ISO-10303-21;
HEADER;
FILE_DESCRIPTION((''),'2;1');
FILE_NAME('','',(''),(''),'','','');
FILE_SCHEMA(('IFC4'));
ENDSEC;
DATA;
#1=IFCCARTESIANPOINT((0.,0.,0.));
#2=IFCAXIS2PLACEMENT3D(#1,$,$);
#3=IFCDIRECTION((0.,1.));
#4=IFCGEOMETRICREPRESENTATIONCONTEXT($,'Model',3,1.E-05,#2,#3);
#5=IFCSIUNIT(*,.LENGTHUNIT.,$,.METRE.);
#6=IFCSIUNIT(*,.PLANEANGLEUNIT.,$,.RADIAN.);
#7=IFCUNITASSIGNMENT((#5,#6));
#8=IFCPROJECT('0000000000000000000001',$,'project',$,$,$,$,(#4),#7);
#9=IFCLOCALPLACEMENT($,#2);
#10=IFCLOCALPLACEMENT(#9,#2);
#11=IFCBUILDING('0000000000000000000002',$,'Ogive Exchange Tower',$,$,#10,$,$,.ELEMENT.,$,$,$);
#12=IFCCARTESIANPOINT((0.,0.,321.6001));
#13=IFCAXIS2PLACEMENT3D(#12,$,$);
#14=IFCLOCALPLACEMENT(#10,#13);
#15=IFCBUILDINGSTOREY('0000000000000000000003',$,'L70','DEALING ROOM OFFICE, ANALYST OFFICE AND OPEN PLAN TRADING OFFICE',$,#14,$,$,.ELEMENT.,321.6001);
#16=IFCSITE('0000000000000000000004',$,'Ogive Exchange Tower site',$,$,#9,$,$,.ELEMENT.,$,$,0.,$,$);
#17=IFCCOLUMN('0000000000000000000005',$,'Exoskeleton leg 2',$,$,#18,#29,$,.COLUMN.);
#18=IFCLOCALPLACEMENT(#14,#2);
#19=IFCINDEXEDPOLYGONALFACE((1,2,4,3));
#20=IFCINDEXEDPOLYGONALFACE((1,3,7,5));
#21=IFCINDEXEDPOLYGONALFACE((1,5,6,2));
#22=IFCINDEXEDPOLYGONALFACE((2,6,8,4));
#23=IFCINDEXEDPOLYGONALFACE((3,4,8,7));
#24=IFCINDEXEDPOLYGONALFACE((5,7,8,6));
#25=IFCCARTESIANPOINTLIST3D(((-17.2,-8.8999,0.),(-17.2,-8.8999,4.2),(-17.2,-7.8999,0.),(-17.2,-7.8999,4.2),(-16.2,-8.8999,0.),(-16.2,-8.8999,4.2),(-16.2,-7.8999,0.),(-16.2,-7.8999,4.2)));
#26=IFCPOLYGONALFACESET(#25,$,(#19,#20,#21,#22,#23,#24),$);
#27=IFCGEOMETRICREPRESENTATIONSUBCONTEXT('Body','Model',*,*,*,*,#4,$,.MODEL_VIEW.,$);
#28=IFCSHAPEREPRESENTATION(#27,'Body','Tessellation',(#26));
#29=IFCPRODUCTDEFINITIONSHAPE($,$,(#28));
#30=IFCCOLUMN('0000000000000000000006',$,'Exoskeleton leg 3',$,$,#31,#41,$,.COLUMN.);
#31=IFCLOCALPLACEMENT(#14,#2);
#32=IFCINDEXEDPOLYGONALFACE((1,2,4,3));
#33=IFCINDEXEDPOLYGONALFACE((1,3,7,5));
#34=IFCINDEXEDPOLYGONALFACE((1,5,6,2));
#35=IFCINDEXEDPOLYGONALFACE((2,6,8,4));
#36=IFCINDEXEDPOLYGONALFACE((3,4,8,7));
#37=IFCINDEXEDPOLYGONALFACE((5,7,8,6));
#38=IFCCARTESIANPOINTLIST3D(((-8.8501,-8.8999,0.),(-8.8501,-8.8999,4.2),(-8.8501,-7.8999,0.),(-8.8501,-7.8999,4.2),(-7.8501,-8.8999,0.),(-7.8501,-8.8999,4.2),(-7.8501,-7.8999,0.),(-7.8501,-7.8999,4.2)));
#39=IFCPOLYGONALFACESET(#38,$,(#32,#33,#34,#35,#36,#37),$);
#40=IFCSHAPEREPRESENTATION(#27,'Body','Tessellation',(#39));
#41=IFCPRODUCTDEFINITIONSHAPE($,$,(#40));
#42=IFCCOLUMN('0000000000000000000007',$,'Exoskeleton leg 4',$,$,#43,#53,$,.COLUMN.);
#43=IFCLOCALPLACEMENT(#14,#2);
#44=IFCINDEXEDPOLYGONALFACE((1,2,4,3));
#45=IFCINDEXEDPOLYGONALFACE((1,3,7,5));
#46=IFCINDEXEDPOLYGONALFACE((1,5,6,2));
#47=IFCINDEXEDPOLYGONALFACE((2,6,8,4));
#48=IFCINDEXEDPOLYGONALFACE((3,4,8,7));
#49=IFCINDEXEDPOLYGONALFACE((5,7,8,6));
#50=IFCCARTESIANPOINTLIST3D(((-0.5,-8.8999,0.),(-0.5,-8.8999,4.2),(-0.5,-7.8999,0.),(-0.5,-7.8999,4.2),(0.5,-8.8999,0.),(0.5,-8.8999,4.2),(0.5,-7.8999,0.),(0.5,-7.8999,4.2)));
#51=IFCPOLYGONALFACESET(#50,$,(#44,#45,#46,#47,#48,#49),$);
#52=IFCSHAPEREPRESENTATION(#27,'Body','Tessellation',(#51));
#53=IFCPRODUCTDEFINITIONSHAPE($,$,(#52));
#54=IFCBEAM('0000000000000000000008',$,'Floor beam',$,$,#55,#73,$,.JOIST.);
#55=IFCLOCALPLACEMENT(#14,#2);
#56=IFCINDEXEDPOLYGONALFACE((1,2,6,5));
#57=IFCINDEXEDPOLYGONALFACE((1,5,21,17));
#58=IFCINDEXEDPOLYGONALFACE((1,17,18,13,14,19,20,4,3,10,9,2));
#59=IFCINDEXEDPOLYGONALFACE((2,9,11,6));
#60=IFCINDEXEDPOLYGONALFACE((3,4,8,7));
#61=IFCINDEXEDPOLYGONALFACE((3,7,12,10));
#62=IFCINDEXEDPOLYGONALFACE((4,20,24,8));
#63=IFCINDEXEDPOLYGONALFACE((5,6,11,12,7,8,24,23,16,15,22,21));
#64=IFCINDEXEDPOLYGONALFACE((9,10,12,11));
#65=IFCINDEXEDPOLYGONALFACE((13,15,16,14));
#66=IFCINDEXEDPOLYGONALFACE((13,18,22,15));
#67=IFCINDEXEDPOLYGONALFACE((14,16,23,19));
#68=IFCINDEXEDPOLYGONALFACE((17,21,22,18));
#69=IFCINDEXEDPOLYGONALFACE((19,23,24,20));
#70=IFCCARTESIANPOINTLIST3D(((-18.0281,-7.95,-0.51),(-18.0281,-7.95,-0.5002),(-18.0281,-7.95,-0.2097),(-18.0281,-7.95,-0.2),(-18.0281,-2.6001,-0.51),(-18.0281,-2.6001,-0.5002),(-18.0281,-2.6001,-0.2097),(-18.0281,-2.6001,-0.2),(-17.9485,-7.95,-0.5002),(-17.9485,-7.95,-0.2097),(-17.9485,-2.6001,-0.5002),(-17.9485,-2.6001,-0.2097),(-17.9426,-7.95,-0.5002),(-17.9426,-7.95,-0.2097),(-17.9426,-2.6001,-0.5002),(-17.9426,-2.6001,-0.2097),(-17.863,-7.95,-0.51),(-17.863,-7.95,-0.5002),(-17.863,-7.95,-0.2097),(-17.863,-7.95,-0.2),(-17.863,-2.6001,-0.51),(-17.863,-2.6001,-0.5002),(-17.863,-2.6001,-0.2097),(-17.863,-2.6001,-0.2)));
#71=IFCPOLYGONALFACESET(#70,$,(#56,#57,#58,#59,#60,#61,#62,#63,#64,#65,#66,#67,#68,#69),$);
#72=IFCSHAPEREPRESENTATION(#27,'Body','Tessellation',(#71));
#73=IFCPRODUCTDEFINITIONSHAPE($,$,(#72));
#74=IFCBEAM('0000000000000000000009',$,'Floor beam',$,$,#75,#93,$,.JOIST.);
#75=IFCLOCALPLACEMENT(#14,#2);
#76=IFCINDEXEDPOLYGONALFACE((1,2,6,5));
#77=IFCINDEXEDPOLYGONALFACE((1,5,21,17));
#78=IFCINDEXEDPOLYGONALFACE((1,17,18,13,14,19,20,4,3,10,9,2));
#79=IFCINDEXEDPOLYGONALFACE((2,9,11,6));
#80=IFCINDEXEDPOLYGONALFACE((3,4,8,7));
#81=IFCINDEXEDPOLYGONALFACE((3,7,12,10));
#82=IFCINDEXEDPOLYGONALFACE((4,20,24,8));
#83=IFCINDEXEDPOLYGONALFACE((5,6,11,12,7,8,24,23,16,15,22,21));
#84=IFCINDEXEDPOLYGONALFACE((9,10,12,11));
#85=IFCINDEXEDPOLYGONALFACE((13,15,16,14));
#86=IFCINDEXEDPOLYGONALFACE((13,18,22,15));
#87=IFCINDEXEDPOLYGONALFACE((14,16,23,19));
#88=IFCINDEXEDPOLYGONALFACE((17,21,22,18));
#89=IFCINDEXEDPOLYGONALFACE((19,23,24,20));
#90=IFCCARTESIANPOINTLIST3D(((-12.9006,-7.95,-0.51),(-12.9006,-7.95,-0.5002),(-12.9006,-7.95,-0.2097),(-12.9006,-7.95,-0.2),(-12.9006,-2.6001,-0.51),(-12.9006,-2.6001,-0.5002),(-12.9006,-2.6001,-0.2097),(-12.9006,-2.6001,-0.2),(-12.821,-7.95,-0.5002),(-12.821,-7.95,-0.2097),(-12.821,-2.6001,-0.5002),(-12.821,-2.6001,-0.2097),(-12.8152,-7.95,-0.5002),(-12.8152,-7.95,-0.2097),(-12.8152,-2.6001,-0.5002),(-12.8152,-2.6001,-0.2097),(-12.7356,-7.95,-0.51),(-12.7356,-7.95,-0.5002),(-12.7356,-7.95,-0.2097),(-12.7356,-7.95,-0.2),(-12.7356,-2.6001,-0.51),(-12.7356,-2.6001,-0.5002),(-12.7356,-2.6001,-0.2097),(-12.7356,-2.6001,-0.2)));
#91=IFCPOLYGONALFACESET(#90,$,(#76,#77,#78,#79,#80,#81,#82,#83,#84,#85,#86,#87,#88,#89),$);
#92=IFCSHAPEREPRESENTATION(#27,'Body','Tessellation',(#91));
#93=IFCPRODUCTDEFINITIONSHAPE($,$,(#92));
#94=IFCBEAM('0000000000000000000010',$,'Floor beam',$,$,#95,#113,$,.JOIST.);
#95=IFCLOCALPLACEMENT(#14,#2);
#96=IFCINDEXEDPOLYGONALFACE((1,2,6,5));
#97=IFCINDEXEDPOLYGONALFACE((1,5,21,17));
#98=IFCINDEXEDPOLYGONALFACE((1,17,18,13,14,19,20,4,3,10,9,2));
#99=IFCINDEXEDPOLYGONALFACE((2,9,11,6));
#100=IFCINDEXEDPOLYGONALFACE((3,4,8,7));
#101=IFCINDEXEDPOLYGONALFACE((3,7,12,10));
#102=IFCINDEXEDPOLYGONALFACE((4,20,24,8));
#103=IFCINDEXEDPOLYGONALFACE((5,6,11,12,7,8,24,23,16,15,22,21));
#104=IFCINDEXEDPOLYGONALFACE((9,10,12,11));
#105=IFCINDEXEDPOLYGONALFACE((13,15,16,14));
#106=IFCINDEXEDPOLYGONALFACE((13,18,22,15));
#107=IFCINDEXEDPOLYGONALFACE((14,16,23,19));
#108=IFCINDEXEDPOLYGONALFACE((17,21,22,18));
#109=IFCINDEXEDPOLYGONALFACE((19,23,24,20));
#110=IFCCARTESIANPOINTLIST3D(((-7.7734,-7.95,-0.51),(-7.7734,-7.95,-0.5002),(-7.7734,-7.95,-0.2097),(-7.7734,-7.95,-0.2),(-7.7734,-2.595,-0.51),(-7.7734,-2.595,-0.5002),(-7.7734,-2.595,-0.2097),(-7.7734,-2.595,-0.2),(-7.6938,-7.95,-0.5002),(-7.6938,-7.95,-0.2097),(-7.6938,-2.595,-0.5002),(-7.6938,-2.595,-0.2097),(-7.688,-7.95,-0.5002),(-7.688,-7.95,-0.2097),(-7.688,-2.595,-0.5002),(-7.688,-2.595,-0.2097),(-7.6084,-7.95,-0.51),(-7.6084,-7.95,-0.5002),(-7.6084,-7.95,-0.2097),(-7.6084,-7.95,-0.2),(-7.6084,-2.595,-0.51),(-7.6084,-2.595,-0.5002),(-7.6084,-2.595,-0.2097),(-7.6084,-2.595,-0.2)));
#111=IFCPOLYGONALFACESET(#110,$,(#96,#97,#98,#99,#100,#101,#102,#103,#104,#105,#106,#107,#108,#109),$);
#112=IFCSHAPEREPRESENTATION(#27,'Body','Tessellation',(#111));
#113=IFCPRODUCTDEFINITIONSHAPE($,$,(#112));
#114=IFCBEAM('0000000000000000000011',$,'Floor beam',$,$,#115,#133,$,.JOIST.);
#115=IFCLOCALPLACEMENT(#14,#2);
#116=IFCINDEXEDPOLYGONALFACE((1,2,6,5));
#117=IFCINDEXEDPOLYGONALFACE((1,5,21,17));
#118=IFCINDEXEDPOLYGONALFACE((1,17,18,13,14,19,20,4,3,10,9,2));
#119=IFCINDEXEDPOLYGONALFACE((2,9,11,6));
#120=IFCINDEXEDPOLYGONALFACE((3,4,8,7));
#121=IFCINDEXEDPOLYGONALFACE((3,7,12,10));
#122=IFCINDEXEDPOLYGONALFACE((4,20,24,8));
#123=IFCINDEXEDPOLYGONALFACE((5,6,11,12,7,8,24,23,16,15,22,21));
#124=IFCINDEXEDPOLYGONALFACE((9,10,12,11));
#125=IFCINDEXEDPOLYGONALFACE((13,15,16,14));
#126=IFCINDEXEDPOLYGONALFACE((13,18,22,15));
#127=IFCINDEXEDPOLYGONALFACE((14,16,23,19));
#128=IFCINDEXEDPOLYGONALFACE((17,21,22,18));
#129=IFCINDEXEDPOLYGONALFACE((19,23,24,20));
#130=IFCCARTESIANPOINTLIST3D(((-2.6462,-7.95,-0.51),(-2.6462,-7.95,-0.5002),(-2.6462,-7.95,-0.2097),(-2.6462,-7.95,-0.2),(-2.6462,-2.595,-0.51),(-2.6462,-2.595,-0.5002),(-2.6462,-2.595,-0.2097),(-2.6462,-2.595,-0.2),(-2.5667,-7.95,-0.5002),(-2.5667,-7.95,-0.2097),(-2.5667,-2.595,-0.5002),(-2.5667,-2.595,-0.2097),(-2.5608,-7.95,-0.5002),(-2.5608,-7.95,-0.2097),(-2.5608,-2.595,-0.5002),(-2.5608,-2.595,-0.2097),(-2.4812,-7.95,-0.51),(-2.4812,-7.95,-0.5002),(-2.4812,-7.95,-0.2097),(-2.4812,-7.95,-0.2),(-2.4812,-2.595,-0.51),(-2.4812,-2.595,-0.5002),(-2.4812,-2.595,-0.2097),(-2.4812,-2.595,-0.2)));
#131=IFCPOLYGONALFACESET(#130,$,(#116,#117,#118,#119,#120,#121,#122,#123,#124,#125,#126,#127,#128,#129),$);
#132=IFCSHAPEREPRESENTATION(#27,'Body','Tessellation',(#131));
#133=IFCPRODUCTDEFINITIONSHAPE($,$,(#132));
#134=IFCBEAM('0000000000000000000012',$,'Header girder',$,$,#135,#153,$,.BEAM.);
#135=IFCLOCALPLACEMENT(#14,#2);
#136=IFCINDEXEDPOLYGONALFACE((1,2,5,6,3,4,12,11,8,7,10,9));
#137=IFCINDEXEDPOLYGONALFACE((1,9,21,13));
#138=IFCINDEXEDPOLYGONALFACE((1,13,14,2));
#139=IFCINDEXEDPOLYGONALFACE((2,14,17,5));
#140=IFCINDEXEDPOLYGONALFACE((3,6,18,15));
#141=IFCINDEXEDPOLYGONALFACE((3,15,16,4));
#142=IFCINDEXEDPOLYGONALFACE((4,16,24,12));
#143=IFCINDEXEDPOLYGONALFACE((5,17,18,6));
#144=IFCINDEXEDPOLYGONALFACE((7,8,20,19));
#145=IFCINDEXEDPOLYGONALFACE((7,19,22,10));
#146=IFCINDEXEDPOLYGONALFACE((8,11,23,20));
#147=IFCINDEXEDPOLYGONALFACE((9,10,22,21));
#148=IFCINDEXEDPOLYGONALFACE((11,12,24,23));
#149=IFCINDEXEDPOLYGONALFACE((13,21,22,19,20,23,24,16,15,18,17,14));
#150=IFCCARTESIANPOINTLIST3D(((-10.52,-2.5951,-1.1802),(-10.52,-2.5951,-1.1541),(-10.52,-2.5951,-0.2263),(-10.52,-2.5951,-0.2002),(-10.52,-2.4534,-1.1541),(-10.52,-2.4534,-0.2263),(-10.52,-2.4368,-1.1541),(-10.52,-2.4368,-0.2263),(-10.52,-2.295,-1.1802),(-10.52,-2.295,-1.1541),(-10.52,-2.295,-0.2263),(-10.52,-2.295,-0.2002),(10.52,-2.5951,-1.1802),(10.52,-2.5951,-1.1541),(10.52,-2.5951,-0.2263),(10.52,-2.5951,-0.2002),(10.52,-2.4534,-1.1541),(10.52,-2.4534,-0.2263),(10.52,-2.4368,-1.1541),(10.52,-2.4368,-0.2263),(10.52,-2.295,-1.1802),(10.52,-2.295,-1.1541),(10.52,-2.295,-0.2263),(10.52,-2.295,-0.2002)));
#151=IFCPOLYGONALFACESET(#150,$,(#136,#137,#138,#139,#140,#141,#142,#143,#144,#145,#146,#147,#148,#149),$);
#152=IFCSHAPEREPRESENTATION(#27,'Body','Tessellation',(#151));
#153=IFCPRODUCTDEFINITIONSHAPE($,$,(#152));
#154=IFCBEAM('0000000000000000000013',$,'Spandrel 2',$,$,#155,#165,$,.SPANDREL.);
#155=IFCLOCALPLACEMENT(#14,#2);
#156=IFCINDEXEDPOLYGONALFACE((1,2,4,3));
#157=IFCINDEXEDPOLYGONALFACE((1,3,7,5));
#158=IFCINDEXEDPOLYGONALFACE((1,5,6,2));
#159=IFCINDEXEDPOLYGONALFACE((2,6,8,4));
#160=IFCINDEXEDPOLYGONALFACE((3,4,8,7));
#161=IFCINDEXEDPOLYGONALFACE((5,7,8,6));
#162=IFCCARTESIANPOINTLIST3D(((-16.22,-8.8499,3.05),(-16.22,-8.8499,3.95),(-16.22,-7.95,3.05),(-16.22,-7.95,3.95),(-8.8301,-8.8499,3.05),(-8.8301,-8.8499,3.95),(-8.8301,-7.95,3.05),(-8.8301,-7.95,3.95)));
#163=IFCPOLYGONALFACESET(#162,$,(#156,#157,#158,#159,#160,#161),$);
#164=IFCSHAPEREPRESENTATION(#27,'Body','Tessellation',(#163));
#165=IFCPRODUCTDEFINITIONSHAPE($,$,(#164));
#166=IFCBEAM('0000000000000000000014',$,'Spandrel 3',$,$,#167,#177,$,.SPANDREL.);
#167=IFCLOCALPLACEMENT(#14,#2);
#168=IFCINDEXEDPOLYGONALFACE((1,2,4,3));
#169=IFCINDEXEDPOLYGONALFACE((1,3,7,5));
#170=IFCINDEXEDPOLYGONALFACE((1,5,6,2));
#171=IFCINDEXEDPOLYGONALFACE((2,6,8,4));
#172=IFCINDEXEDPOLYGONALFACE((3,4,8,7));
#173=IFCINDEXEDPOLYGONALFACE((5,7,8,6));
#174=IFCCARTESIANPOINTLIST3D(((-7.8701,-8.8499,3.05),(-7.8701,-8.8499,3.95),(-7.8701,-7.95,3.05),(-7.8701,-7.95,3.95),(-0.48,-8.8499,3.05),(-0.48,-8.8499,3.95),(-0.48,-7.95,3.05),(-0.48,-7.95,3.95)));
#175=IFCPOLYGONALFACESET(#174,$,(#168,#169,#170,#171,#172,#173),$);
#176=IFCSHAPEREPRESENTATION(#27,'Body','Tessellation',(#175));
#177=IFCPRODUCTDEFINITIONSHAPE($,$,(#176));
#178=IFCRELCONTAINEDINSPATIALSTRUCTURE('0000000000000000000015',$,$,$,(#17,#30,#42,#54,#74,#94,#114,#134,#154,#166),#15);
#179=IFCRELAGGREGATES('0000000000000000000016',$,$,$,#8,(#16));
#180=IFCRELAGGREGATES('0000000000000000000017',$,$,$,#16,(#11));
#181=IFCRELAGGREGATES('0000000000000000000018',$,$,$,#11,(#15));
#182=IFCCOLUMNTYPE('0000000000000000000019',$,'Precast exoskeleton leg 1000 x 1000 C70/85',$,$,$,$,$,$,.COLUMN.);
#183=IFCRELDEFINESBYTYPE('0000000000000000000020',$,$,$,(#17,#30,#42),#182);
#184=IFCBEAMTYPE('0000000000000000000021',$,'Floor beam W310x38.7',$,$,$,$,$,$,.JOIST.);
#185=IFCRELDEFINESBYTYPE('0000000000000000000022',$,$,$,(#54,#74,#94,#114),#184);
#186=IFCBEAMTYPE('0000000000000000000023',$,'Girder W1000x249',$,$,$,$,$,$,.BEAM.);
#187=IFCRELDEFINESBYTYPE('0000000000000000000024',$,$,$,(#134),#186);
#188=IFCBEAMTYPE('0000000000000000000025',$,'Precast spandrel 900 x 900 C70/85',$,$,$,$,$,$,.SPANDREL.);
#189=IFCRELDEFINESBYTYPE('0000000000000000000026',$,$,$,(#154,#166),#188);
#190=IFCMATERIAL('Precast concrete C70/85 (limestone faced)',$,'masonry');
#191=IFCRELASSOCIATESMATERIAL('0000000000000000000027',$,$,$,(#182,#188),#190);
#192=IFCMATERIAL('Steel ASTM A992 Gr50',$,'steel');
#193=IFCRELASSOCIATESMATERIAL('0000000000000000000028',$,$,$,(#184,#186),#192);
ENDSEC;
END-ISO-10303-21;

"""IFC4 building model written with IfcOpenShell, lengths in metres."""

from ifc_helpers import new_model, si_unit, direction, frame, origin, origin_2d, place, context, subcontext, project, spatial, rectangle, i_section, extrude, material, material_profile, profile_set, type_object, element, save


model = new_model("IFC4")

# Units and contexts
model_context = context("Model", 3, precision=1e-05, world=origin(), true_north=direction((0.0, 1.0)))
body_context = subcontext(model_context, "Body", "Model", "MODEL_VIEW")
ifc_project = project(units=[si_unit("LENGTHUNIT", "METRE"), si_unit("PLANEANGLEUNIT", "RADIAN")], contexts=[model_context])

# Site, building, storey
site_placement = place(None, origin())
site = spatial("IfcSite", under=ifc_project, at=site_placement, Name="Ogive Exchange Tower site", CompositionType="ELEMENT", RefElevation=0.0)
building_placement = place(site_placement, origin())
building = spatial("IfcBuilding", under=site, at=building_placement, Name="Ogive Exchange Tower", CompositionType="ELEMENT")
storey_placement = place(building_placement, frame((0.0, 0.0, 321.6001)))
storey = spatial("IfcBuildingStorey", under=building, at=storey_placement, Name="L70", Description="DEALING ROOM OFFICE, ANALYST OFFICE AND OPEN PLAN TRADING OFFICE", CompositionType="ELEMENT", Elevation=321.6001)

# Columns
ifc_material_1 = material(Name="Precast concrete C70/85 (limestone faced)", Category="masonry")
ifc_material_profile_1 = material_profile(ifc_material_1, rectangle(XDim=1.0, YDim=1.0, at=origin_2d()), Name="1000 x 1000")
ifc_profile_set_1 = profile_set([ifc_material_profile_1], Name="Precast concrete C70/85 (limestone faced)")
column_type = type_object("IfcColumnType", Name="Precast exoskeleton leg 1000 x 1000 C70/85", PredefinedType="COLUMN", material=ifc_profile_set_1)
for number, where, z_axis, x_axis, name in (
    (1, (-16.7, -8.3999, 0.0), (0.0, 0.0, 1.0), (1.0, 0.0, 0.0), "Exoskeleton leg 2"),
    (2, (-8.3501, -8.3999, 0.0), (0.0, 0.0, 1.0), (1.0, 0.0, 0.0), "Exoskeleton leg 3"),
    (3, (0.0, -8.3999, 0.0), (0.0, 0.0, 1.0), (1.0, 0.0, 0.0), "Exoskeleton leg 4"),
):
    element("IfcColumn", number, at=place(storey_placement, frame(where, z_axis=z_axis, x_axis=x_axis)), inside=storey, type_object=column_type, Name=name, PredefinedType="COLUMN", context=body_context, shape_type="SweptSolid", body=[
        extrude(rectangle(XDim=1.0, YDim=1.0, at=origin_2d()), origin(), (0.0, 0.0, 1.0), 4.2),
    ])

# Beams
ifc_material_2 = material(Name="Steel ASTM A992 Gr50", Category="steel")
ifc_material_profile_2 = material_profile(ifc_material_2, i_section(OverallWidth=0.165, OverallDepth=0.3101, WebThickness=0.0059, FlangeThickness=0.0098, at=origin_2d()), Name="W310x38.7")
ifc_profile_set_2 = profile_set([ifc_material_profile_2], Name="Steel ASTM A992 Gr50")
beam_type_1 = type_object("IfcBeamType", Name="Floor beam W310x38.7", PredefinedType="JOIST", material=ifc_profile_set_2)
for number, where, z_axis, x_axis, name in (
    (4, (-17.9456, -7.95, -0.355), (0.0, 1.0, 0.0), (-1.0, 0.0, 0.0), "Floor beam"),
    (5, (-12.8181, -7.95, -0.355), (0.0, 1.0, 0.0), (-1.0, 0.0, 0.0), "Floor beam"),
):
    element("IfcBeam", number, at=place(storey_placement, frame(where, z_axis=z_axis, x_axis=x_axis)), inside=storey, type_object=beam_type_1, Name=name, PredefinedType="JOIST", context=body_context, shape_type="SweptSolid", body=[
        extrude(i_section(OverallWidth=0.165, OverallDepth=0.3101, WebThickness=0.0059, FlangeThickness=0.0098, at=origin_2d()), origin(), (0.0, 0.0, 1.0), 5.3499),
    ])
for number, where, z_axis, x_axis, name in (
    (6, (-7.6909, -7.95, -0.355), (0.0, 1.0, 0.0), (-1.0, 0.0, 0.0), "Floor beam"),
    (7, (-2.5637, -7.95, -0.355), (0.0, 1.0, 0.0), (-1.0, 0.0, 0.0), "Floor beam"),
):
    element("IfcBeam", number, at=place(storey_placement, frame(where, z_axis=z_axis, x_axis=x_axis)), inside=storey, type_object=beam_type_1, Name=name, PredefinedType="JOIST", context=body_context, shape_type="SweptSolid", body=[
        extrude(i_section(OverallWidth=0.165, OverallDepth=0.3101, WebThickness=0.0059, FlangeThickness=0.0098, at=origin_2d()), origin(), (0.0, 0.0, 1.0), 5.355),
    ])
ifc_material_profile_3 = material_profile(ifc_material_2, i_section(OverallWidth=0.3, OverallDepth=0.98, WebThickness=0.0166, FlangeThickness=0.0261, at=origin_2d()), Name="W1000x249")
ifc_profile_set_3 = profile_set([ifc_material_profile_3], Name="Steel ASTM A992 Gr50")
beam_type_2 = type_object("IfcBeamType", Name="Girder W1000x249", PredefinedType="BEAM", material=ifc_profile_set_3)
beam_1_placement = place(storey_placement, frame((-10.52, -2.4451, -0.6902), z_axis=(1.0, 0.0, 0.0), x_axis=(0.0, 1.0, 0.0)))
element("IfcBeam", 8, at=beam_1_placement, inside=storey, type_object=beam_type_2, Name="Header girder", PredefinedType="BEAM", context=body_context, shape_type="SweptSolid", body=[
    extrude(i_section(OverallWidth=0.3, OverallDepth=0.98, WebThickness=0.0166, FlangeThickness=0.0261, at=origin_2d()), origin(), (0.0, 0.0, 1.0), 21.04),
])
ifc_material_profile_4 = material_profile(ifc_material_1, rectangle(XDim=0.8999, YDim=0.8999, at=origin_2d()), Name="900 x 900")
ifc_profile_set_4 = profile_set([ifc_material_profile_4], Name="Precast concrete C70/85 (limestone faced)")
beam_type_3 = type_object("IfcBeamType", Name="Precast spandrel 900 x 900 C70/85", PredefinedType="SPANDREL", material=ifc_profile_set_4)
beam_2_placement = place(storey_placement, frame((-16.22, -8.3999, 3.5), z_axis=(1.0, 0.0, 0.0), x_axis=(0.0, 1.0, 0.0)))
element("IfcBeam", 9, at=beam_2_placement, inside=storey, type_object=beam_type_3, Name="Spandrel 2", PredefinedType="SPANDREL", context=body_context, shape_type="SweptSolid", body=[
    extrude(rectangle(XDim=0.8999, YDim=0.8999, at=origin_2d()), origin(), (0.0, 0.0, 1.0), 7.3899),
])
beam_3_placement = place(storey_placement, frame((-7.8701, -8.3999, 3.5), z_axis=(1.0, 0.0, 0.0), x_axis=(0.0, 1.0, 0.0)))
element("IfcBeam", 10, at=beam_3_placement, inside=storey, type_object=beam_type_3, Name="Spandrel 3", PredefinedType="SPANDREL", context=body_context, shape_type="SweptSolid", body=[
    extrude(rectangle(XDim=0.8999, YDim=0.8999, at=origin_2d()), origin(), (0.0, 0.0, 1.0), 7.3901),
])

save(model, "model.ifc")
